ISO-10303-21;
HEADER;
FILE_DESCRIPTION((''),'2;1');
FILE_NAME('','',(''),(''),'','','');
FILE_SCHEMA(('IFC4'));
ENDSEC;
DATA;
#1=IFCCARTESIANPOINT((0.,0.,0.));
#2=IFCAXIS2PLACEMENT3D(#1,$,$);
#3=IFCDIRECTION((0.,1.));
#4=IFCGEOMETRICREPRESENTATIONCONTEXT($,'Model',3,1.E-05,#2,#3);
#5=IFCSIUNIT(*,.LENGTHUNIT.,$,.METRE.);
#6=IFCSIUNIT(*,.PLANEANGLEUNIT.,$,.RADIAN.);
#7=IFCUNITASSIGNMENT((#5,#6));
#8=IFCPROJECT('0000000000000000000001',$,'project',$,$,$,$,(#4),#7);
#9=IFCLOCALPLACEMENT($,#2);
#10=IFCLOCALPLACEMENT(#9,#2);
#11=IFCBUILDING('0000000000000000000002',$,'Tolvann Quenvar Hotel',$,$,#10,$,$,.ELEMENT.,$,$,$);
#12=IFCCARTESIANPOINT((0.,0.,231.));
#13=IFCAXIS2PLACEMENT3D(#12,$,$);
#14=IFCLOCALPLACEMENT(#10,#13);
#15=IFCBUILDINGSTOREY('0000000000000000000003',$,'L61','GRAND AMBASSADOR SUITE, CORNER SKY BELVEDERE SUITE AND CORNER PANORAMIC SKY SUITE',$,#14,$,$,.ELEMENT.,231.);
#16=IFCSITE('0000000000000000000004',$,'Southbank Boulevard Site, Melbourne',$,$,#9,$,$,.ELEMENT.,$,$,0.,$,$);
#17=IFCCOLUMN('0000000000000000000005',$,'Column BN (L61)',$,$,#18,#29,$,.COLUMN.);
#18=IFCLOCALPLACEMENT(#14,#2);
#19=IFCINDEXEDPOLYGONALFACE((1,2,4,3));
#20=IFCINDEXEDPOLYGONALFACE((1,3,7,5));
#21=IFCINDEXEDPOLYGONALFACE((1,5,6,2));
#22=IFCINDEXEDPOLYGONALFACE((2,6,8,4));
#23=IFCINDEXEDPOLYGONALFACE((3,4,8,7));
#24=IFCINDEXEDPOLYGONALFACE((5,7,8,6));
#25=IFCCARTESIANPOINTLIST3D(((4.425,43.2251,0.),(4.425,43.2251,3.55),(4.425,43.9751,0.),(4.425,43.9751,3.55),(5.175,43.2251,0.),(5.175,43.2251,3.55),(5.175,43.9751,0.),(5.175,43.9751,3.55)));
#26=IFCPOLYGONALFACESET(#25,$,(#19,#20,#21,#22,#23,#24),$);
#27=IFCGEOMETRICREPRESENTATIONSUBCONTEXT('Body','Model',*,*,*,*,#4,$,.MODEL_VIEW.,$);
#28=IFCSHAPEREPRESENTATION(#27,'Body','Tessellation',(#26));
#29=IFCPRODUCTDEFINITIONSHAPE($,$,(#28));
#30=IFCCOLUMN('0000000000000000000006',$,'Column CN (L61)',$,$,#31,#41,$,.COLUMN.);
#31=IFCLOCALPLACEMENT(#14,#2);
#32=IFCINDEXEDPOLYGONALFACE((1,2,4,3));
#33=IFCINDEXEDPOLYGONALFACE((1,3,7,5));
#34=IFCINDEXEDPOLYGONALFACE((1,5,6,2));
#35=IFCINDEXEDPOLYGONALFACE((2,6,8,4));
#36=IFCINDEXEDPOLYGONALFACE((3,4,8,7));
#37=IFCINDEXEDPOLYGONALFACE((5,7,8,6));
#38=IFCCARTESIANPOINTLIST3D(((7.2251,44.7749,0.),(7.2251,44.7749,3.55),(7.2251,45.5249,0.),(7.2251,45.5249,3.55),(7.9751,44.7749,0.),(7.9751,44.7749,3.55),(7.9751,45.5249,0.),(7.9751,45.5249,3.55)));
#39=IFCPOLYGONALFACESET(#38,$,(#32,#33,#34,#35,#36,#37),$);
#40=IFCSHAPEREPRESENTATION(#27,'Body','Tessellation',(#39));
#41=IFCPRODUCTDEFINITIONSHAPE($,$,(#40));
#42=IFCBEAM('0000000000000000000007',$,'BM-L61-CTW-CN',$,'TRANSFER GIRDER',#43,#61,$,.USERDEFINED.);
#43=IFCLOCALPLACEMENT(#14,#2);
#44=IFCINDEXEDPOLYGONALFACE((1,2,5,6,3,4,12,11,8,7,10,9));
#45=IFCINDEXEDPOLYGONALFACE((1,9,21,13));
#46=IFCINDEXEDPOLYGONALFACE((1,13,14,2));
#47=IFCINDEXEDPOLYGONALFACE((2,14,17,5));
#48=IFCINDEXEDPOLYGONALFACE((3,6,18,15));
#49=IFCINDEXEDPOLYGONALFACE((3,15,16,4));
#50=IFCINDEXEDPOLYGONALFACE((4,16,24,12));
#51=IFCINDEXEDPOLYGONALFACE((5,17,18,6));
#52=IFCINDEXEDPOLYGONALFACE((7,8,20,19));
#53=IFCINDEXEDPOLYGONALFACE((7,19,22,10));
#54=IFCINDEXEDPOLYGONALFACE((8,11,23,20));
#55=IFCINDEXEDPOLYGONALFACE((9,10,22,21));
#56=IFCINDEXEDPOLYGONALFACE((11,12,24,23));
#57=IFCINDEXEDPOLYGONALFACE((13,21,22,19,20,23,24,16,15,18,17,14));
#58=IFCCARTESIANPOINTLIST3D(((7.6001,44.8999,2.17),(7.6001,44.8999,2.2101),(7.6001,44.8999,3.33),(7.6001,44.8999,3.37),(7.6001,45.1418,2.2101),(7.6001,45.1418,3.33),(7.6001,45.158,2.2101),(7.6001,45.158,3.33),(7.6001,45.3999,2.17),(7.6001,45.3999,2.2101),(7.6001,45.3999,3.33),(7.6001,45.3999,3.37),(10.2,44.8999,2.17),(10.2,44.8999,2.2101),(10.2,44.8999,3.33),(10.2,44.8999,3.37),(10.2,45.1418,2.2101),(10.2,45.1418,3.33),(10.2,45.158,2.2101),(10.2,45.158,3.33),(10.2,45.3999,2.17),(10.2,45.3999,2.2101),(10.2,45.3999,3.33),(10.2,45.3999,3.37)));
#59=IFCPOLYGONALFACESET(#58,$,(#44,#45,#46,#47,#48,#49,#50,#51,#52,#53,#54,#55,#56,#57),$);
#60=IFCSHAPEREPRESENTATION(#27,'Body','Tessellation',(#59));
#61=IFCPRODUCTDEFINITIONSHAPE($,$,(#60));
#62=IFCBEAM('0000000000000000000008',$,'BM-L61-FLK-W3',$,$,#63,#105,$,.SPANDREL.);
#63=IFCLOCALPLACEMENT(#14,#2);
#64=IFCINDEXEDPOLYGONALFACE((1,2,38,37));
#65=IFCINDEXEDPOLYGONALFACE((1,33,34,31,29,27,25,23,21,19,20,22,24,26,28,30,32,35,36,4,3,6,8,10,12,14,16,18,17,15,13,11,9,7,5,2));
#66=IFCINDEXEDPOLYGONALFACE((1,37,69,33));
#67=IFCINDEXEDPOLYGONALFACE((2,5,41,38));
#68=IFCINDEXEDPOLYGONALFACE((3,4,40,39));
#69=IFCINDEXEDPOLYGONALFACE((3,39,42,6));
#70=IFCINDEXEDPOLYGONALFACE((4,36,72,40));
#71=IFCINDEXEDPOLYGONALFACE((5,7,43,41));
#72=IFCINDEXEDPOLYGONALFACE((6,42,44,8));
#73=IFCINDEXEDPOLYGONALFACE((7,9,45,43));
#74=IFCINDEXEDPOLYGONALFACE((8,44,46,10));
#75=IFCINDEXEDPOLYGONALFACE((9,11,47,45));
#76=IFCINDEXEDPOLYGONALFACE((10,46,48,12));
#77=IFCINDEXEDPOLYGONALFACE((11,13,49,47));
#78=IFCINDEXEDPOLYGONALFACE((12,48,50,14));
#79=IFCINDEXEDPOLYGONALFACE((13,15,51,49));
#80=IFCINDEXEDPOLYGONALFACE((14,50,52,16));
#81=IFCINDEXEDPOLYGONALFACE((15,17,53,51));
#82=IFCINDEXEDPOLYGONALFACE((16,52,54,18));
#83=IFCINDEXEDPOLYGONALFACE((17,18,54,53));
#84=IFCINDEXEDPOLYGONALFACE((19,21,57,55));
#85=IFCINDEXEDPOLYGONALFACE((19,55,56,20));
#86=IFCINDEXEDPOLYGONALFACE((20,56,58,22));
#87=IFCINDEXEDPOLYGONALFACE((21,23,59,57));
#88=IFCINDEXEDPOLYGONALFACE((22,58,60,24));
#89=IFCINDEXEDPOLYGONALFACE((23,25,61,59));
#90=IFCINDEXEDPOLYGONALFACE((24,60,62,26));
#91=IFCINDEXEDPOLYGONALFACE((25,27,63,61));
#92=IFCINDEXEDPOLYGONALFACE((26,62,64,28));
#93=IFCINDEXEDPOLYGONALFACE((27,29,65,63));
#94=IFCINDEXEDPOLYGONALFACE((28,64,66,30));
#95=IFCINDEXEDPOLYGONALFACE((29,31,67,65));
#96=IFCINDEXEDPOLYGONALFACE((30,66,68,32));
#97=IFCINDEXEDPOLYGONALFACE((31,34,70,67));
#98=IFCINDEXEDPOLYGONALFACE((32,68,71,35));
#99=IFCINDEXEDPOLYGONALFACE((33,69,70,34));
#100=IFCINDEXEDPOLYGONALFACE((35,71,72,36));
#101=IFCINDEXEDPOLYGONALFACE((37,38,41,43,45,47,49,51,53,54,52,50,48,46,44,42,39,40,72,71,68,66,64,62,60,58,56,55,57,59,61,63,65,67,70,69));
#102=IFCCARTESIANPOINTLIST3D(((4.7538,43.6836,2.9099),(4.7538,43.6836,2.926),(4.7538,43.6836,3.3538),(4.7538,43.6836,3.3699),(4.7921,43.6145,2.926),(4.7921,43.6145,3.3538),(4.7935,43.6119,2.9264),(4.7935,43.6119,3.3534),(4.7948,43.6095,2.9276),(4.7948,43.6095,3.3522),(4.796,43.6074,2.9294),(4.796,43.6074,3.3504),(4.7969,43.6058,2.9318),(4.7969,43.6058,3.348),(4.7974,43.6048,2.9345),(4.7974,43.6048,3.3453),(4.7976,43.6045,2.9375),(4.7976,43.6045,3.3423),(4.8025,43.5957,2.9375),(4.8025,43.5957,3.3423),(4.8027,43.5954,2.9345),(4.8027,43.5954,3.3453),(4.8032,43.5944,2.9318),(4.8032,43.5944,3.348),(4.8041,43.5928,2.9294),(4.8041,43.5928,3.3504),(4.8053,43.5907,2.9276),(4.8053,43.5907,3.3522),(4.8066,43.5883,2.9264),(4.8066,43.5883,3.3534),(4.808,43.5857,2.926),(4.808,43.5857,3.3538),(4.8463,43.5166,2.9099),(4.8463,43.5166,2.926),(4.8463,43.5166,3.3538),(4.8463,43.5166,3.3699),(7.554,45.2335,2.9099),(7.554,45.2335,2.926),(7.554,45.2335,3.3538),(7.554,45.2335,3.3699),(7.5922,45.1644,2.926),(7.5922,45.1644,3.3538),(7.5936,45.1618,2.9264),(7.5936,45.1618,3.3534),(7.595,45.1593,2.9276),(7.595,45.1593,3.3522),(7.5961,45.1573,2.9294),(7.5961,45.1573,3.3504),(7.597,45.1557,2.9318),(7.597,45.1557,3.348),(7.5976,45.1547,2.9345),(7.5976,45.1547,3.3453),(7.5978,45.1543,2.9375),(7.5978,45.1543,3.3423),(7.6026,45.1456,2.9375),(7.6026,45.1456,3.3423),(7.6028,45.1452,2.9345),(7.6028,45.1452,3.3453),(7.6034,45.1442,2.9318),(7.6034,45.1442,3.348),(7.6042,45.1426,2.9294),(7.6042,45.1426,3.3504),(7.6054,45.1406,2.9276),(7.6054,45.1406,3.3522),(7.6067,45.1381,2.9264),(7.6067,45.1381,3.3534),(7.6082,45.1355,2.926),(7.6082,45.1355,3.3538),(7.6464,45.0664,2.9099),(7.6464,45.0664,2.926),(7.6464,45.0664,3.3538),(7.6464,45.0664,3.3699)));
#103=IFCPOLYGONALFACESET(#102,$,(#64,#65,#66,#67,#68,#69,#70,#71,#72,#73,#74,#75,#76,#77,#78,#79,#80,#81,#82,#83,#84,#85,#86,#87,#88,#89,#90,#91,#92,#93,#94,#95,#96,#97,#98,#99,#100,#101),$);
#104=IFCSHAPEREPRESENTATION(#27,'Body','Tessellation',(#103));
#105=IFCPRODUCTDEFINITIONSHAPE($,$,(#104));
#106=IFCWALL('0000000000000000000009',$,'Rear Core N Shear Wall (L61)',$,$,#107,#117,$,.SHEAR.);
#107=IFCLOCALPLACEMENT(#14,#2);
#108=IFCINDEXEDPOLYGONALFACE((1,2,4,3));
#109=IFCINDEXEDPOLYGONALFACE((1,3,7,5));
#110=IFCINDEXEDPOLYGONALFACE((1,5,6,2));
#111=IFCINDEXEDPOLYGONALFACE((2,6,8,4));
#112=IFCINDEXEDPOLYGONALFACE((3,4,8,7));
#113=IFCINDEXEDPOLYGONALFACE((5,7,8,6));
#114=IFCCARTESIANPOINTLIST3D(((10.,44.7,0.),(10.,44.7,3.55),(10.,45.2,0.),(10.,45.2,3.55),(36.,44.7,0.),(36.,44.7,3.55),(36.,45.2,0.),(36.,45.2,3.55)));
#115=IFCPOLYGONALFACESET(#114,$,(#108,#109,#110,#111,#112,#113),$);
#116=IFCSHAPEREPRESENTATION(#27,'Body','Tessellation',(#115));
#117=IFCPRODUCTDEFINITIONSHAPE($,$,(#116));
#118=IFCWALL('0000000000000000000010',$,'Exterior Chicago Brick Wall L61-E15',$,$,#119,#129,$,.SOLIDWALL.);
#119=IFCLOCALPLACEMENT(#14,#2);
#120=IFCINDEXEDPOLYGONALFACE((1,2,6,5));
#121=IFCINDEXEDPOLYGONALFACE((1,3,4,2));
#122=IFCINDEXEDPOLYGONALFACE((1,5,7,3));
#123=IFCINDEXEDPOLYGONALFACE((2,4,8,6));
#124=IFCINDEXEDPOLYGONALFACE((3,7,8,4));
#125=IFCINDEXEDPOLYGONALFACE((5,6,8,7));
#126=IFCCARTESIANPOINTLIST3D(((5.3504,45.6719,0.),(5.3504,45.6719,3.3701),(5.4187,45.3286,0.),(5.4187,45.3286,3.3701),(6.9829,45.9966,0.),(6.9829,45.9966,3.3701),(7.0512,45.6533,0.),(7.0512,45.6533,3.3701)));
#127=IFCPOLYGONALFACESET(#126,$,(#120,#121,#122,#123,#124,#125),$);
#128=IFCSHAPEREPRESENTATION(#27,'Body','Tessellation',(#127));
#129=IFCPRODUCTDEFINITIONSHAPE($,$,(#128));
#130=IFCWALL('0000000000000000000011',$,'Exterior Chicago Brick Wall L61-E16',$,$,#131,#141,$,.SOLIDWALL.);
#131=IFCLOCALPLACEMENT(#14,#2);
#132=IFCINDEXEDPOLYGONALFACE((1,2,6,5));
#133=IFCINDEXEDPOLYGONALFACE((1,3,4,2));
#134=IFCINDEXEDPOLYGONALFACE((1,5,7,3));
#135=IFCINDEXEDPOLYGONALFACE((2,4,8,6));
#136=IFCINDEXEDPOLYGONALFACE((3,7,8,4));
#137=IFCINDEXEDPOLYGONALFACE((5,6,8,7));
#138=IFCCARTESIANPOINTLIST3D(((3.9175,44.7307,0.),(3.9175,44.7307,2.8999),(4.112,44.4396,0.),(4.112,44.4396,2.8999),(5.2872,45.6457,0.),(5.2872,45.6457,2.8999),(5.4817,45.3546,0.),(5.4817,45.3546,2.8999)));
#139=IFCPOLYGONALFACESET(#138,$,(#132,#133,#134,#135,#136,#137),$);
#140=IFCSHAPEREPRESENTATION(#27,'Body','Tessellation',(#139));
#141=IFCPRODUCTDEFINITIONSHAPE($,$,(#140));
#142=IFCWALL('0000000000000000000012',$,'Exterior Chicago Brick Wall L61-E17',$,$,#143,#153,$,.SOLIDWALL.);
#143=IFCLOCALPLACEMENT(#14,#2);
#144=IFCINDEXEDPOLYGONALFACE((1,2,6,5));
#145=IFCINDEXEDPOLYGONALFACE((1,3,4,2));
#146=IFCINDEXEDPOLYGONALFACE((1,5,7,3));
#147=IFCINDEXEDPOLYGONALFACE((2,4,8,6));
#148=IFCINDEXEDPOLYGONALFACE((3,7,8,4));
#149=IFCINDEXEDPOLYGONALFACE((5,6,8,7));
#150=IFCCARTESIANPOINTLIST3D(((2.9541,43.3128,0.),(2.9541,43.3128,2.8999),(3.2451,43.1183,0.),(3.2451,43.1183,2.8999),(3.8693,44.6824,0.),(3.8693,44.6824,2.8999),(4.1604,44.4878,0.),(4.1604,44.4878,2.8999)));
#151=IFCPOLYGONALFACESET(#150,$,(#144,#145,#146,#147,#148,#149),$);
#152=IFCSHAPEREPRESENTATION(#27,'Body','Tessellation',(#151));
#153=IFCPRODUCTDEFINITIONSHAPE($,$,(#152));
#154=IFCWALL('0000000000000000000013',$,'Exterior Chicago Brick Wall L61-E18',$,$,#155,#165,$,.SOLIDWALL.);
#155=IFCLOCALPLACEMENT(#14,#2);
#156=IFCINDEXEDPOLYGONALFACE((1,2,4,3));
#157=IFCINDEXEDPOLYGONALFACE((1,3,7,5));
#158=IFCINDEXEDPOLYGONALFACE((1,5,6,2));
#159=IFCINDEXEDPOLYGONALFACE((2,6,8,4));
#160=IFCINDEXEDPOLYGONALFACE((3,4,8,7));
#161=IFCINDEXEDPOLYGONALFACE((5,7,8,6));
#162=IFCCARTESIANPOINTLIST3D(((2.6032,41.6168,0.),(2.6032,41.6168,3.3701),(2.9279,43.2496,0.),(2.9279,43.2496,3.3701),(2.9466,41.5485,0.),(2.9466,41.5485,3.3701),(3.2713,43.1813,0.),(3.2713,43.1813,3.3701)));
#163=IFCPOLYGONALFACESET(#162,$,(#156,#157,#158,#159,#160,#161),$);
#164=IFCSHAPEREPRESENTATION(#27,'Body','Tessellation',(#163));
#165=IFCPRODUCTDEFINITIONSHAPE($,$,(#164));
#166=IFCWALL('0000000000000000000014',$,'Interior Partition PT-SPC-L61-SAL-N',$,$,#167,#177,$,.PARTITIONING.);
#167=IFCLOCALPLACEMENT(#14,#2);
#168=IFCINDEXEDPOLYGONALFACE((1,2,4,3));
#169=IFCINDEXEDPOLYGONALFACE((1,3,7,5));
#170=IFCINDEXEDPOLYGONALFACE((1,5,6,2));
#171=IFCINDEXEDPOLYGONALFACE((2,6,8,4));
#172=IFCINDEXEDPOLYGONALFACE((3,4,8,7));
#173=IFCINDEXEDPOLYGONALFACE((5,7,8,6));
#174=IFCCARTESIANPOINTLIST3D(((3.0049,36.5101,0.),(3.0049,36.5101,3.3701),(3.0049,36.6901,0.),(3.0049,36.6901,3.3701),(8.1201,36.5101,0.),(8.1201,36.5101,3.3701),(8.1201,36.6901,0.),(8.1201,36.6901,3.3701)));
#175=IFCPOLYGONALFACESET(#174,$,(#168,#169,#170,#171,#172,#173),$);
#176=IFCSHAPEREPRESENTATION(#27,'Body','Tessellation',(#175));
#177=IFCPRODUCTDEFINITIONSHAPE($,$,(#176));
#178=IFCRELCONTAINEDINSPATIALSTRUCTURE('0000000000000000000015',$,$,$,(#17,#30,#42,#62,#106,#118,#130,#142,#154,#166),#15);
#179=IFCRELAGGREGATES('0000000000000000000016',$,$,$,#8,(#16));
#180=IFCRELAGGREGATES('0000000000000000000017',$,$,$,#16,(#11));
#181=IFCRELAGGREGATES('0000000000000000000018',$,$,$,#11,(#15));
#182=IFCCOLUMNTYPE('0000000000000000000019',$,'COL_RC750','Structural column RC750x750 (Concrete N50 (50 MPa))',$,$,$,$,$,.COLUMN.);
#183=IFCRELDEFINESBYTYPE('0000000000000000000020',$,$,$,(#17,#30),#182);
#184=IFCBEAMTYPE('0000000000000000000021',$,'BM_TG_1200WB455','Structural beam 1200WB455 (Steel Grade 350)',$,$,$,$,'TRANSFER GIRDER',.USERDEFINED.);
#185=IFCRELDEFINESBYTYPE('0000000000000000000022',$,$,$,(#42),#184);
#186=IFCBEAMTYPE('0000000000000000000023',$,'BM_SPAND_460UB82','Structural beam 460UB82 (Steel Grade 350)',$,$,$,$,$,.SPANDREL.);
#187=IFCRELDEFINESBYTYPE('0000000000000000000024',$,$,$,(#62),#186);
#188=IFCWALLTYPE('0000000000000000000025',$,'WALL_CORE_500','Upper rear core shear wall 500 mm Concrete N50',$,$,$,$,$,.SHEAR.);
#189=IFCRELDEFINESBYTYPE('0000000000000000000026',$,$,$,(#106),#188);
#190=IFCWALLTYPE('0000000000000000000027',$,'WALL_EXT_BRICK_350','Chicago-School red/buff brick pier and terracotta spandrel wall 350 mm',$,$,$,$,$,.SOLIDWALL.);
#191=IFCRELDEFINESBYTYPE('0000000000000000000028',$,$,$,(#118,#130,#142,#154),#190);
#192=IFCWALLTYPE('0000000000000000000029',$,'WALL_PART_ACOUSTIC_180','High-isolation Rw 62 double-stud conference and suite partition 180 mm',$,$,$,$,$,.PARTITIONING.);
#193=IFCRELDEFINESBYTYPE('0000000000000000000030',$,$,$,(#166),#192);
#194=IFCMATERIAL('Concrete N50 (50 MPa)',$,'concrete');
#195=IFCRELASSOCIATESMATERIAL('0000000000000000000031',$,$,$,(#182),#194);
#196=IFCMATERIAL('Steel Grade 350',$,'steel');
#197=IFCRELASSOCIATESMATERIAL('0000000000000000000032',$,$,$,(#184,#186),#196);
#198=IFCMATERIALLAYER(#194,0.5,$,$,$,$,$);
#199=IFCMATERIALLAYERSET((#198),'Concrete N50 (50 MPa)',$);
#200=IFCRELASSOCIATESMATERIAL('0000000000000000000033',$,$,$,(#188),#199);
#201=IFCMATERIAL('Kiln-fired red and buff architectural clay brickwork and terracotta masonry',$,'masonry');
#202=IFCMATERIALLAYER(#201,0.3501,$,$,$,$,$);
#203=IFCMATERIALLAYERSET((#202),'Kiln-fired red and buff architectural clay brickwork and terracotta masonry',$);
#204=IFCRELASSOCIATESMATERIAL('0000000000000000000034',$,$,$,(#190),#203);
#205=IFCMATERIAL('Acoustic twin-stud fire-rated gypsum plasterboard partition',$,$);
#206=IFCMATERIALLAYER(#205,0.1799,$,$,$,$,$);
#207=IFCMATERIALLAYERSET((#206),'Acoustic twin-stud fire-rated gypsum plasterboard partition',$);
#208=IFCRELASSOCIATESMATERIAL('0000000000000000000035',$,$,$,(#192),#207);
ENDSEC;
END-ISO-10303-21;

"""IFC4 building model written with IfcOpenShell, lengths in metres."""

from ifc_helpers import new_model, si_unit, direction, frame, frame_2d, origin, origin_2d, place, context, subcontext, project, spatial, rectangle, i_section, extrude, source, transform, mapped, material, layer, layer_set, material_profile, profile_set, type_object, type_shapes, element, save


model = new_model("IFC4")

# Units and contexts
model_context = context("Model", 3, precision=1e-05, world=origin(), true_north=direction((0.0, 1.0)))
body_context = subcontext(model_context, "Body", "Model", "MODEL_VIEW")
ifc_project = project(units=[si_unit("LENGTHUNIT", "METRE"), si_unit("PLANEANGLEUNIT", "RADIAN")], contexts=[model_context])

# Site, building, storey
site_placement = place(None, origin())
site = spatial("IfcSite", under=ifc_project, at=site_placement, Name="Southbank Boulevard Site, Melbourne", CompositionType="ELEMENT", RefElevation=0.0)
building_placement = place(site_placement, origin())
building = spatial("IfcBuilding", under=site, at=building_placement, Name="Tolvann Quenvar Hotel", CompositionType="ELEMENT")
storey_placement = place(building_placement, frame((0.0, 0.0, 231.0)))
storey = spatial("IfcBuildingStorey", under=building, at=storey_placement, Name="L61", Description="GRAND AMBASSADOR SUITE, CORNER SKY BELVEDERE SUITE AND CORNER PANORAMIC SKY SUITE", CompositionType="ELEMENT", Elevation=231.0)

# Columns
ifc_material_1 = material(Name="Concrete N50 (50 MPa)", Category="concrete")
ifc_material_profile_1 = material_profile(ifc_material_1, rectangle(XDim=0.75, YDim=0.75, at=origin_2d()), Name="RC750x750")
ifc_profile_set_1 = profile_set([ifc_material_profile_1], Name="Concrete N50 (50 MPa)")
column_type = type_object("IfcColumnType", Name="COL_RC750", Description="Structural column RC750x750 (Concrete N50 (50 MPa))", PredefinedType="COLUMN", material=ifc_profile_set_1)
shared_shape_1 = source(origin(), body_context, "Body", "SweptSolid", [
    extrude(rectangle(XDim=0.75, YDim=0.75, at=origin_2d()), origin(), (0.0, 0.0, 1.0), 3.55),
])
type_shapes(column_type, [shared_shape_1])
for number, where, z_axis, x_axis, name in (
    (1, (4.8, 43.6001, 0.0), (0.0, 0.0, 1.0), (1.0, 0.0, 0.0), "Column BN (L61)"),
    (2, (7.6001, 45.1499, 0.0), (0.0, 0.0, 1.0), (1.0, 0.0, 0.0), "Column CN (L61)"),
):
    element("IfcColumn", number, at=place(storey_placement, frame(where, z_axis=z_axis, x_axis=x_axis)), inside=storey, type_object=column_type, Name=name, PredefinedType="COLUMN", context=body_context, shape_type="MappedRepresentation", body=[
        mapped(shared_shape_1, transform((0.0, 0.0, 0.0), x_axis=(1.0, 0.0, 0.0), y_axis=(0.0, 1.0, 0.0), z_axis=(0.0, 0.0, 1.0), scale=1.0)),
    ])

# Beams
ifc_material_2 = material(Name="Steel Grade 350", Category="steel")
ifc_material_profile_2 = material_profile(ifc_material_2, i_section(OverallWidth=0.5, OverallDepth=1.2, WebThickness=0.0161, FlangeThickness=0.04, at=origin_2d()), Name="1200WB455")
ifc_profile_set_2 = profile_set([ifc_material_profile_2], Name="Steel Grade 350")
beam_type_1 = type_object("IfcBeamType", Name="BM_TG_1200WB455", Description="Structural beam 1200WB455 (Steel Grade 350)", ElementType="TRANSFER GIRDER", PredefinedType="USERDEFINED", material=ifc_profile_set_2)
shared_shape_2 = source(origin(), body_context, "Body", "SweptSolid", [
    extrude(i_section(OverallWidth=0.5, OverallDepth=1.2, WebThickness=0.0161, FlangeThickness=0.04, at=origin_2d()), origin(), (0.0, 0.0, 1.0), 2.5999),
])
type_shapes(beam_type_1, [shared_shape_2])
beam_1_placement = place(storey_placement, frame((7.6001, 45.1499, 2.77), z_axis=(1.0, 0.0, 0.0), x_axis=(0.0, 1.0, 0.0)))
element("IfcBeam", 3, at=beam_1_placement, inside=storey, type_object=beam_type_1, Name="BM-L61-CTW-CN", ObjectType="TRANSFER GIRDER", PredefinedType="USERDEFINED", context=body_context, shape_type="MappedRepresentation", body=[
    mapped(shared_shape_2, transform((0.0, 0.0, 0.0), x_axis=(1.0, 0.0, 0.0), y_axis=(0.0, 1.0, 0.0), z_axis=(0.0, 0.0, 1.0), scale=1.0)),
])
ifc_material_profile_3 = material_profile(ifc_material_2, i_section(OverallWidth=0.1909, OverallDepth=0.46, WebThickness=0.01, FlangeThickness=0.0161, FilletRadius=0.0115, at=origin_2d()), Name="460UB82")
ifc_profile_set_3 = profile_set([ifc_material_profile_3], Name="Steel Grade 350")
beam_type_2 = type_object("IfcBeamType", Name="BM_SPAND_460UB82", Description="Structural beam 460UB82 (Steel Grade 350)", PredefinedType="SPANDREL", material=ifc_profile_set_3)
shared_shape_3 = source(origin(), body_context, "Body", "SweptSolid", [
    extrude(i_section(OverallWidth=0.1909, OverallDepth=0.46, WebThickness=0.01, FlangeThickness=0.0161, FilletRadius=0.0115, at=origin_2d()), origin(), (0.0, 0.0, 1.0), 3.2004),
])
type_shapes(beam_type_2, [shared_shape_3])
beam_2_placement = place(storey_placement, frame((4.8, 43.6001, 3.1399), z_axis=(0.874923, 0.484263, 0.0), x_axis=(-0.484263, 0.874923, 0.0)))
element("IfcBeam", 4, at=beam_2_placement, inside=storey, type_object=beam_type_2, Name="BM-L61-FLK-W3", PredefinedType="SPANDREL", context=body_context, shape_type="MappedRepresentation", body=[
    mapped(shared_shape_3, transform((0.0, 0.0, 0.0), x_axis=(1.0, 0.0, 0.0), y_axis=(0.0, 1.0, 0.0), z_axis=(0.0, 0.0, 1.0), scale=1.0)),
])

# Walls
ifc_layer_1 = layer(ifc_material_1, 0.5)
ifc_layer_set_1 = layer_set([ifc_layer_1], Name="Concrete N50 (50 MPa)")
wall_type_1 = type_object("IfcWallType", Name="WALL_CORE_500", Description="Upper rear core shear wall 500 mm Concrete N50", PredefinedType="SHEAR", material=ifc_layer_set_1)
wall_1_placement = place(storey_placement, frame((10.0, 44.95, 0.0), z_axis=(0.0, 0.0, 1.0), x_axis=(1.0, 0.0, 0.0)))
element("IfcWall", 5, at=wall_1_placement, inside=storey, type_object=wall_type_1, Name="Rear Core N Shear Wall (L61)", PredefinedType="SHEAR", context=body_context, shape_type="SweptSolid", body=[
    extrude(rectangle(XDim=26.0, YDim=0.5, at=frame_2d((13.0, 0.0))), origin(), (0.0, 0.0, 1.0), 3.55),
])
ifc_material_3 = material(Name="Kiln-fired red and buff architectural clay brickwork and terracotta masonry", Category="masonry")
ifc_layer_2 = layer(ifc_material_3, 0.3501)
ifc_layer_set_2 = layer_set([ifc_layer_2], Name="Kiln-fired red and buff architectural clay brickwork and terracotta masonry")
wall_type_2 = type_object("IfcWallType", Name="WALL_EXT_BRICK_350", Description="Chicago-School red/buff brick pier and terracotta spandrel wall 350 mm", PredefinedType="SOLIDWALL", material=ifc_layer_set_2)
wall_2_placement = place(storey_placement, frame((7.0171, 45.825, 0.0), z_axis=(0.0, 0.0, 1.0), x_axis=(-0.980789, -0.195072, 0.0)))
element("IfcWall", 6, at=wall_2_placement, inside=storey, type_object=wall_type_2, Name="Exterior Chicago Brick Wall L61-E15", PredefinedType="SOLIDWALL", context=body_context, shape_type="SweptSolid", body=[
    extrude(rectangle(XDim=1.6646, YDim=0.3501, at=frame_2d((0.8323, 0.0))), origin(), (0.0, 0.0, 1.0), 3.3701),
])
for number, where, z_axis, x_axis, name in (
    (7, (5.3845, 45.5002, 0.0), (0.0, 0.0, 1.0), (-0.831503, -0.555521, 0.0), "Exterior Chicago Brick Wall L61-E16"),
    (8, (4.0149, 44.5852, 0.0), (0.0, 0.0, 1.0), (-0.555623, -0.831434, 0.0), "Exterior Chicago Brick Wall L61-E17"),
):
    element("IfcWall", number, at=place(storey_placement, frame(where, z_axis=z_axis, x_axis=x_axis)), inside=storey, type_object=wall_type_2, Name=name, PredefinedType="SOLIDWALL", context=body_context, shape_type="SweptSolid", body=[
        extrude(rectangle(XDim=1.6472, YDim=0.3501, at=frame_2d((0.8237, 0.0))), origin(), (0.0, 0.0, 1.0), 2.8999),
    ])
wall_3_placement = place(storey_placement, frame((3.0996, 43.2156, 0.0), z_axis=(0.0, 0.0, 1.0), x_axis=(-0.195044, -0.980794, 0.0)))
element("IfcWall", 9, at=wall_3_placement, inside=storey, type_object=wall_type_2, Name="Exterior Chicago Brick Wall L61-E18", PredefinedType="SOLIDWALL", context=body_context, shape_type="SweptSolid", body=[
    extrude(rectangle(XDim=1.6648, YDim=0.3501, at=frame_2d((0.8325, 0.0))), origin(), (0.0, 0.0, 1.0), 3.3701),
])

# Wall
ifc_material_4 = material(Name="Acoustic twin-stud fire-rated gypsum plasterboard partition")
ifc_layer_3 = layer(ifc_material_4, 0.1799)
ifc_layer_set_3 = layer_set([ifc_layer_3], Name="Acoustic twin-stud fire-rated gypsum plasterboard partition")
wall_type_3 = type_object("IfcWallType", Name="WALL_PART_ACOUSTIC_180", Description="High-isolation Rw 62 double-stud conference and suite partition 180 mm", PredefinedType="PARTITIONING", material=ifc_layer_set_3)
for number, where, z_axis, x_axis, name in (
    (10, (3.0049, 36.6001, 0.0), (0.0, 0.0, 1.0), (1.0, 0.0, 0.0), "Interior Partition PT-SPC-L61-SAL-N"),
):
    element("IfcWall", number, at=place(storey_placement, frame(where, z_axis=z_axis, x_axis=x_axis)), inside=storey, type_object=wall_type_3, Name=name, PredefinedType="PARTITIONING", context=body_context, shape_type="SweptSolid", body=[
        extrude(rectangle(XDim=5.1152, YDim=0.1799, at=frame_2d((2.5576, 0.0))), origin(), (0.0, 0.0, 1.0), 3.3701),
    ])

save(model, "model.ifc")
